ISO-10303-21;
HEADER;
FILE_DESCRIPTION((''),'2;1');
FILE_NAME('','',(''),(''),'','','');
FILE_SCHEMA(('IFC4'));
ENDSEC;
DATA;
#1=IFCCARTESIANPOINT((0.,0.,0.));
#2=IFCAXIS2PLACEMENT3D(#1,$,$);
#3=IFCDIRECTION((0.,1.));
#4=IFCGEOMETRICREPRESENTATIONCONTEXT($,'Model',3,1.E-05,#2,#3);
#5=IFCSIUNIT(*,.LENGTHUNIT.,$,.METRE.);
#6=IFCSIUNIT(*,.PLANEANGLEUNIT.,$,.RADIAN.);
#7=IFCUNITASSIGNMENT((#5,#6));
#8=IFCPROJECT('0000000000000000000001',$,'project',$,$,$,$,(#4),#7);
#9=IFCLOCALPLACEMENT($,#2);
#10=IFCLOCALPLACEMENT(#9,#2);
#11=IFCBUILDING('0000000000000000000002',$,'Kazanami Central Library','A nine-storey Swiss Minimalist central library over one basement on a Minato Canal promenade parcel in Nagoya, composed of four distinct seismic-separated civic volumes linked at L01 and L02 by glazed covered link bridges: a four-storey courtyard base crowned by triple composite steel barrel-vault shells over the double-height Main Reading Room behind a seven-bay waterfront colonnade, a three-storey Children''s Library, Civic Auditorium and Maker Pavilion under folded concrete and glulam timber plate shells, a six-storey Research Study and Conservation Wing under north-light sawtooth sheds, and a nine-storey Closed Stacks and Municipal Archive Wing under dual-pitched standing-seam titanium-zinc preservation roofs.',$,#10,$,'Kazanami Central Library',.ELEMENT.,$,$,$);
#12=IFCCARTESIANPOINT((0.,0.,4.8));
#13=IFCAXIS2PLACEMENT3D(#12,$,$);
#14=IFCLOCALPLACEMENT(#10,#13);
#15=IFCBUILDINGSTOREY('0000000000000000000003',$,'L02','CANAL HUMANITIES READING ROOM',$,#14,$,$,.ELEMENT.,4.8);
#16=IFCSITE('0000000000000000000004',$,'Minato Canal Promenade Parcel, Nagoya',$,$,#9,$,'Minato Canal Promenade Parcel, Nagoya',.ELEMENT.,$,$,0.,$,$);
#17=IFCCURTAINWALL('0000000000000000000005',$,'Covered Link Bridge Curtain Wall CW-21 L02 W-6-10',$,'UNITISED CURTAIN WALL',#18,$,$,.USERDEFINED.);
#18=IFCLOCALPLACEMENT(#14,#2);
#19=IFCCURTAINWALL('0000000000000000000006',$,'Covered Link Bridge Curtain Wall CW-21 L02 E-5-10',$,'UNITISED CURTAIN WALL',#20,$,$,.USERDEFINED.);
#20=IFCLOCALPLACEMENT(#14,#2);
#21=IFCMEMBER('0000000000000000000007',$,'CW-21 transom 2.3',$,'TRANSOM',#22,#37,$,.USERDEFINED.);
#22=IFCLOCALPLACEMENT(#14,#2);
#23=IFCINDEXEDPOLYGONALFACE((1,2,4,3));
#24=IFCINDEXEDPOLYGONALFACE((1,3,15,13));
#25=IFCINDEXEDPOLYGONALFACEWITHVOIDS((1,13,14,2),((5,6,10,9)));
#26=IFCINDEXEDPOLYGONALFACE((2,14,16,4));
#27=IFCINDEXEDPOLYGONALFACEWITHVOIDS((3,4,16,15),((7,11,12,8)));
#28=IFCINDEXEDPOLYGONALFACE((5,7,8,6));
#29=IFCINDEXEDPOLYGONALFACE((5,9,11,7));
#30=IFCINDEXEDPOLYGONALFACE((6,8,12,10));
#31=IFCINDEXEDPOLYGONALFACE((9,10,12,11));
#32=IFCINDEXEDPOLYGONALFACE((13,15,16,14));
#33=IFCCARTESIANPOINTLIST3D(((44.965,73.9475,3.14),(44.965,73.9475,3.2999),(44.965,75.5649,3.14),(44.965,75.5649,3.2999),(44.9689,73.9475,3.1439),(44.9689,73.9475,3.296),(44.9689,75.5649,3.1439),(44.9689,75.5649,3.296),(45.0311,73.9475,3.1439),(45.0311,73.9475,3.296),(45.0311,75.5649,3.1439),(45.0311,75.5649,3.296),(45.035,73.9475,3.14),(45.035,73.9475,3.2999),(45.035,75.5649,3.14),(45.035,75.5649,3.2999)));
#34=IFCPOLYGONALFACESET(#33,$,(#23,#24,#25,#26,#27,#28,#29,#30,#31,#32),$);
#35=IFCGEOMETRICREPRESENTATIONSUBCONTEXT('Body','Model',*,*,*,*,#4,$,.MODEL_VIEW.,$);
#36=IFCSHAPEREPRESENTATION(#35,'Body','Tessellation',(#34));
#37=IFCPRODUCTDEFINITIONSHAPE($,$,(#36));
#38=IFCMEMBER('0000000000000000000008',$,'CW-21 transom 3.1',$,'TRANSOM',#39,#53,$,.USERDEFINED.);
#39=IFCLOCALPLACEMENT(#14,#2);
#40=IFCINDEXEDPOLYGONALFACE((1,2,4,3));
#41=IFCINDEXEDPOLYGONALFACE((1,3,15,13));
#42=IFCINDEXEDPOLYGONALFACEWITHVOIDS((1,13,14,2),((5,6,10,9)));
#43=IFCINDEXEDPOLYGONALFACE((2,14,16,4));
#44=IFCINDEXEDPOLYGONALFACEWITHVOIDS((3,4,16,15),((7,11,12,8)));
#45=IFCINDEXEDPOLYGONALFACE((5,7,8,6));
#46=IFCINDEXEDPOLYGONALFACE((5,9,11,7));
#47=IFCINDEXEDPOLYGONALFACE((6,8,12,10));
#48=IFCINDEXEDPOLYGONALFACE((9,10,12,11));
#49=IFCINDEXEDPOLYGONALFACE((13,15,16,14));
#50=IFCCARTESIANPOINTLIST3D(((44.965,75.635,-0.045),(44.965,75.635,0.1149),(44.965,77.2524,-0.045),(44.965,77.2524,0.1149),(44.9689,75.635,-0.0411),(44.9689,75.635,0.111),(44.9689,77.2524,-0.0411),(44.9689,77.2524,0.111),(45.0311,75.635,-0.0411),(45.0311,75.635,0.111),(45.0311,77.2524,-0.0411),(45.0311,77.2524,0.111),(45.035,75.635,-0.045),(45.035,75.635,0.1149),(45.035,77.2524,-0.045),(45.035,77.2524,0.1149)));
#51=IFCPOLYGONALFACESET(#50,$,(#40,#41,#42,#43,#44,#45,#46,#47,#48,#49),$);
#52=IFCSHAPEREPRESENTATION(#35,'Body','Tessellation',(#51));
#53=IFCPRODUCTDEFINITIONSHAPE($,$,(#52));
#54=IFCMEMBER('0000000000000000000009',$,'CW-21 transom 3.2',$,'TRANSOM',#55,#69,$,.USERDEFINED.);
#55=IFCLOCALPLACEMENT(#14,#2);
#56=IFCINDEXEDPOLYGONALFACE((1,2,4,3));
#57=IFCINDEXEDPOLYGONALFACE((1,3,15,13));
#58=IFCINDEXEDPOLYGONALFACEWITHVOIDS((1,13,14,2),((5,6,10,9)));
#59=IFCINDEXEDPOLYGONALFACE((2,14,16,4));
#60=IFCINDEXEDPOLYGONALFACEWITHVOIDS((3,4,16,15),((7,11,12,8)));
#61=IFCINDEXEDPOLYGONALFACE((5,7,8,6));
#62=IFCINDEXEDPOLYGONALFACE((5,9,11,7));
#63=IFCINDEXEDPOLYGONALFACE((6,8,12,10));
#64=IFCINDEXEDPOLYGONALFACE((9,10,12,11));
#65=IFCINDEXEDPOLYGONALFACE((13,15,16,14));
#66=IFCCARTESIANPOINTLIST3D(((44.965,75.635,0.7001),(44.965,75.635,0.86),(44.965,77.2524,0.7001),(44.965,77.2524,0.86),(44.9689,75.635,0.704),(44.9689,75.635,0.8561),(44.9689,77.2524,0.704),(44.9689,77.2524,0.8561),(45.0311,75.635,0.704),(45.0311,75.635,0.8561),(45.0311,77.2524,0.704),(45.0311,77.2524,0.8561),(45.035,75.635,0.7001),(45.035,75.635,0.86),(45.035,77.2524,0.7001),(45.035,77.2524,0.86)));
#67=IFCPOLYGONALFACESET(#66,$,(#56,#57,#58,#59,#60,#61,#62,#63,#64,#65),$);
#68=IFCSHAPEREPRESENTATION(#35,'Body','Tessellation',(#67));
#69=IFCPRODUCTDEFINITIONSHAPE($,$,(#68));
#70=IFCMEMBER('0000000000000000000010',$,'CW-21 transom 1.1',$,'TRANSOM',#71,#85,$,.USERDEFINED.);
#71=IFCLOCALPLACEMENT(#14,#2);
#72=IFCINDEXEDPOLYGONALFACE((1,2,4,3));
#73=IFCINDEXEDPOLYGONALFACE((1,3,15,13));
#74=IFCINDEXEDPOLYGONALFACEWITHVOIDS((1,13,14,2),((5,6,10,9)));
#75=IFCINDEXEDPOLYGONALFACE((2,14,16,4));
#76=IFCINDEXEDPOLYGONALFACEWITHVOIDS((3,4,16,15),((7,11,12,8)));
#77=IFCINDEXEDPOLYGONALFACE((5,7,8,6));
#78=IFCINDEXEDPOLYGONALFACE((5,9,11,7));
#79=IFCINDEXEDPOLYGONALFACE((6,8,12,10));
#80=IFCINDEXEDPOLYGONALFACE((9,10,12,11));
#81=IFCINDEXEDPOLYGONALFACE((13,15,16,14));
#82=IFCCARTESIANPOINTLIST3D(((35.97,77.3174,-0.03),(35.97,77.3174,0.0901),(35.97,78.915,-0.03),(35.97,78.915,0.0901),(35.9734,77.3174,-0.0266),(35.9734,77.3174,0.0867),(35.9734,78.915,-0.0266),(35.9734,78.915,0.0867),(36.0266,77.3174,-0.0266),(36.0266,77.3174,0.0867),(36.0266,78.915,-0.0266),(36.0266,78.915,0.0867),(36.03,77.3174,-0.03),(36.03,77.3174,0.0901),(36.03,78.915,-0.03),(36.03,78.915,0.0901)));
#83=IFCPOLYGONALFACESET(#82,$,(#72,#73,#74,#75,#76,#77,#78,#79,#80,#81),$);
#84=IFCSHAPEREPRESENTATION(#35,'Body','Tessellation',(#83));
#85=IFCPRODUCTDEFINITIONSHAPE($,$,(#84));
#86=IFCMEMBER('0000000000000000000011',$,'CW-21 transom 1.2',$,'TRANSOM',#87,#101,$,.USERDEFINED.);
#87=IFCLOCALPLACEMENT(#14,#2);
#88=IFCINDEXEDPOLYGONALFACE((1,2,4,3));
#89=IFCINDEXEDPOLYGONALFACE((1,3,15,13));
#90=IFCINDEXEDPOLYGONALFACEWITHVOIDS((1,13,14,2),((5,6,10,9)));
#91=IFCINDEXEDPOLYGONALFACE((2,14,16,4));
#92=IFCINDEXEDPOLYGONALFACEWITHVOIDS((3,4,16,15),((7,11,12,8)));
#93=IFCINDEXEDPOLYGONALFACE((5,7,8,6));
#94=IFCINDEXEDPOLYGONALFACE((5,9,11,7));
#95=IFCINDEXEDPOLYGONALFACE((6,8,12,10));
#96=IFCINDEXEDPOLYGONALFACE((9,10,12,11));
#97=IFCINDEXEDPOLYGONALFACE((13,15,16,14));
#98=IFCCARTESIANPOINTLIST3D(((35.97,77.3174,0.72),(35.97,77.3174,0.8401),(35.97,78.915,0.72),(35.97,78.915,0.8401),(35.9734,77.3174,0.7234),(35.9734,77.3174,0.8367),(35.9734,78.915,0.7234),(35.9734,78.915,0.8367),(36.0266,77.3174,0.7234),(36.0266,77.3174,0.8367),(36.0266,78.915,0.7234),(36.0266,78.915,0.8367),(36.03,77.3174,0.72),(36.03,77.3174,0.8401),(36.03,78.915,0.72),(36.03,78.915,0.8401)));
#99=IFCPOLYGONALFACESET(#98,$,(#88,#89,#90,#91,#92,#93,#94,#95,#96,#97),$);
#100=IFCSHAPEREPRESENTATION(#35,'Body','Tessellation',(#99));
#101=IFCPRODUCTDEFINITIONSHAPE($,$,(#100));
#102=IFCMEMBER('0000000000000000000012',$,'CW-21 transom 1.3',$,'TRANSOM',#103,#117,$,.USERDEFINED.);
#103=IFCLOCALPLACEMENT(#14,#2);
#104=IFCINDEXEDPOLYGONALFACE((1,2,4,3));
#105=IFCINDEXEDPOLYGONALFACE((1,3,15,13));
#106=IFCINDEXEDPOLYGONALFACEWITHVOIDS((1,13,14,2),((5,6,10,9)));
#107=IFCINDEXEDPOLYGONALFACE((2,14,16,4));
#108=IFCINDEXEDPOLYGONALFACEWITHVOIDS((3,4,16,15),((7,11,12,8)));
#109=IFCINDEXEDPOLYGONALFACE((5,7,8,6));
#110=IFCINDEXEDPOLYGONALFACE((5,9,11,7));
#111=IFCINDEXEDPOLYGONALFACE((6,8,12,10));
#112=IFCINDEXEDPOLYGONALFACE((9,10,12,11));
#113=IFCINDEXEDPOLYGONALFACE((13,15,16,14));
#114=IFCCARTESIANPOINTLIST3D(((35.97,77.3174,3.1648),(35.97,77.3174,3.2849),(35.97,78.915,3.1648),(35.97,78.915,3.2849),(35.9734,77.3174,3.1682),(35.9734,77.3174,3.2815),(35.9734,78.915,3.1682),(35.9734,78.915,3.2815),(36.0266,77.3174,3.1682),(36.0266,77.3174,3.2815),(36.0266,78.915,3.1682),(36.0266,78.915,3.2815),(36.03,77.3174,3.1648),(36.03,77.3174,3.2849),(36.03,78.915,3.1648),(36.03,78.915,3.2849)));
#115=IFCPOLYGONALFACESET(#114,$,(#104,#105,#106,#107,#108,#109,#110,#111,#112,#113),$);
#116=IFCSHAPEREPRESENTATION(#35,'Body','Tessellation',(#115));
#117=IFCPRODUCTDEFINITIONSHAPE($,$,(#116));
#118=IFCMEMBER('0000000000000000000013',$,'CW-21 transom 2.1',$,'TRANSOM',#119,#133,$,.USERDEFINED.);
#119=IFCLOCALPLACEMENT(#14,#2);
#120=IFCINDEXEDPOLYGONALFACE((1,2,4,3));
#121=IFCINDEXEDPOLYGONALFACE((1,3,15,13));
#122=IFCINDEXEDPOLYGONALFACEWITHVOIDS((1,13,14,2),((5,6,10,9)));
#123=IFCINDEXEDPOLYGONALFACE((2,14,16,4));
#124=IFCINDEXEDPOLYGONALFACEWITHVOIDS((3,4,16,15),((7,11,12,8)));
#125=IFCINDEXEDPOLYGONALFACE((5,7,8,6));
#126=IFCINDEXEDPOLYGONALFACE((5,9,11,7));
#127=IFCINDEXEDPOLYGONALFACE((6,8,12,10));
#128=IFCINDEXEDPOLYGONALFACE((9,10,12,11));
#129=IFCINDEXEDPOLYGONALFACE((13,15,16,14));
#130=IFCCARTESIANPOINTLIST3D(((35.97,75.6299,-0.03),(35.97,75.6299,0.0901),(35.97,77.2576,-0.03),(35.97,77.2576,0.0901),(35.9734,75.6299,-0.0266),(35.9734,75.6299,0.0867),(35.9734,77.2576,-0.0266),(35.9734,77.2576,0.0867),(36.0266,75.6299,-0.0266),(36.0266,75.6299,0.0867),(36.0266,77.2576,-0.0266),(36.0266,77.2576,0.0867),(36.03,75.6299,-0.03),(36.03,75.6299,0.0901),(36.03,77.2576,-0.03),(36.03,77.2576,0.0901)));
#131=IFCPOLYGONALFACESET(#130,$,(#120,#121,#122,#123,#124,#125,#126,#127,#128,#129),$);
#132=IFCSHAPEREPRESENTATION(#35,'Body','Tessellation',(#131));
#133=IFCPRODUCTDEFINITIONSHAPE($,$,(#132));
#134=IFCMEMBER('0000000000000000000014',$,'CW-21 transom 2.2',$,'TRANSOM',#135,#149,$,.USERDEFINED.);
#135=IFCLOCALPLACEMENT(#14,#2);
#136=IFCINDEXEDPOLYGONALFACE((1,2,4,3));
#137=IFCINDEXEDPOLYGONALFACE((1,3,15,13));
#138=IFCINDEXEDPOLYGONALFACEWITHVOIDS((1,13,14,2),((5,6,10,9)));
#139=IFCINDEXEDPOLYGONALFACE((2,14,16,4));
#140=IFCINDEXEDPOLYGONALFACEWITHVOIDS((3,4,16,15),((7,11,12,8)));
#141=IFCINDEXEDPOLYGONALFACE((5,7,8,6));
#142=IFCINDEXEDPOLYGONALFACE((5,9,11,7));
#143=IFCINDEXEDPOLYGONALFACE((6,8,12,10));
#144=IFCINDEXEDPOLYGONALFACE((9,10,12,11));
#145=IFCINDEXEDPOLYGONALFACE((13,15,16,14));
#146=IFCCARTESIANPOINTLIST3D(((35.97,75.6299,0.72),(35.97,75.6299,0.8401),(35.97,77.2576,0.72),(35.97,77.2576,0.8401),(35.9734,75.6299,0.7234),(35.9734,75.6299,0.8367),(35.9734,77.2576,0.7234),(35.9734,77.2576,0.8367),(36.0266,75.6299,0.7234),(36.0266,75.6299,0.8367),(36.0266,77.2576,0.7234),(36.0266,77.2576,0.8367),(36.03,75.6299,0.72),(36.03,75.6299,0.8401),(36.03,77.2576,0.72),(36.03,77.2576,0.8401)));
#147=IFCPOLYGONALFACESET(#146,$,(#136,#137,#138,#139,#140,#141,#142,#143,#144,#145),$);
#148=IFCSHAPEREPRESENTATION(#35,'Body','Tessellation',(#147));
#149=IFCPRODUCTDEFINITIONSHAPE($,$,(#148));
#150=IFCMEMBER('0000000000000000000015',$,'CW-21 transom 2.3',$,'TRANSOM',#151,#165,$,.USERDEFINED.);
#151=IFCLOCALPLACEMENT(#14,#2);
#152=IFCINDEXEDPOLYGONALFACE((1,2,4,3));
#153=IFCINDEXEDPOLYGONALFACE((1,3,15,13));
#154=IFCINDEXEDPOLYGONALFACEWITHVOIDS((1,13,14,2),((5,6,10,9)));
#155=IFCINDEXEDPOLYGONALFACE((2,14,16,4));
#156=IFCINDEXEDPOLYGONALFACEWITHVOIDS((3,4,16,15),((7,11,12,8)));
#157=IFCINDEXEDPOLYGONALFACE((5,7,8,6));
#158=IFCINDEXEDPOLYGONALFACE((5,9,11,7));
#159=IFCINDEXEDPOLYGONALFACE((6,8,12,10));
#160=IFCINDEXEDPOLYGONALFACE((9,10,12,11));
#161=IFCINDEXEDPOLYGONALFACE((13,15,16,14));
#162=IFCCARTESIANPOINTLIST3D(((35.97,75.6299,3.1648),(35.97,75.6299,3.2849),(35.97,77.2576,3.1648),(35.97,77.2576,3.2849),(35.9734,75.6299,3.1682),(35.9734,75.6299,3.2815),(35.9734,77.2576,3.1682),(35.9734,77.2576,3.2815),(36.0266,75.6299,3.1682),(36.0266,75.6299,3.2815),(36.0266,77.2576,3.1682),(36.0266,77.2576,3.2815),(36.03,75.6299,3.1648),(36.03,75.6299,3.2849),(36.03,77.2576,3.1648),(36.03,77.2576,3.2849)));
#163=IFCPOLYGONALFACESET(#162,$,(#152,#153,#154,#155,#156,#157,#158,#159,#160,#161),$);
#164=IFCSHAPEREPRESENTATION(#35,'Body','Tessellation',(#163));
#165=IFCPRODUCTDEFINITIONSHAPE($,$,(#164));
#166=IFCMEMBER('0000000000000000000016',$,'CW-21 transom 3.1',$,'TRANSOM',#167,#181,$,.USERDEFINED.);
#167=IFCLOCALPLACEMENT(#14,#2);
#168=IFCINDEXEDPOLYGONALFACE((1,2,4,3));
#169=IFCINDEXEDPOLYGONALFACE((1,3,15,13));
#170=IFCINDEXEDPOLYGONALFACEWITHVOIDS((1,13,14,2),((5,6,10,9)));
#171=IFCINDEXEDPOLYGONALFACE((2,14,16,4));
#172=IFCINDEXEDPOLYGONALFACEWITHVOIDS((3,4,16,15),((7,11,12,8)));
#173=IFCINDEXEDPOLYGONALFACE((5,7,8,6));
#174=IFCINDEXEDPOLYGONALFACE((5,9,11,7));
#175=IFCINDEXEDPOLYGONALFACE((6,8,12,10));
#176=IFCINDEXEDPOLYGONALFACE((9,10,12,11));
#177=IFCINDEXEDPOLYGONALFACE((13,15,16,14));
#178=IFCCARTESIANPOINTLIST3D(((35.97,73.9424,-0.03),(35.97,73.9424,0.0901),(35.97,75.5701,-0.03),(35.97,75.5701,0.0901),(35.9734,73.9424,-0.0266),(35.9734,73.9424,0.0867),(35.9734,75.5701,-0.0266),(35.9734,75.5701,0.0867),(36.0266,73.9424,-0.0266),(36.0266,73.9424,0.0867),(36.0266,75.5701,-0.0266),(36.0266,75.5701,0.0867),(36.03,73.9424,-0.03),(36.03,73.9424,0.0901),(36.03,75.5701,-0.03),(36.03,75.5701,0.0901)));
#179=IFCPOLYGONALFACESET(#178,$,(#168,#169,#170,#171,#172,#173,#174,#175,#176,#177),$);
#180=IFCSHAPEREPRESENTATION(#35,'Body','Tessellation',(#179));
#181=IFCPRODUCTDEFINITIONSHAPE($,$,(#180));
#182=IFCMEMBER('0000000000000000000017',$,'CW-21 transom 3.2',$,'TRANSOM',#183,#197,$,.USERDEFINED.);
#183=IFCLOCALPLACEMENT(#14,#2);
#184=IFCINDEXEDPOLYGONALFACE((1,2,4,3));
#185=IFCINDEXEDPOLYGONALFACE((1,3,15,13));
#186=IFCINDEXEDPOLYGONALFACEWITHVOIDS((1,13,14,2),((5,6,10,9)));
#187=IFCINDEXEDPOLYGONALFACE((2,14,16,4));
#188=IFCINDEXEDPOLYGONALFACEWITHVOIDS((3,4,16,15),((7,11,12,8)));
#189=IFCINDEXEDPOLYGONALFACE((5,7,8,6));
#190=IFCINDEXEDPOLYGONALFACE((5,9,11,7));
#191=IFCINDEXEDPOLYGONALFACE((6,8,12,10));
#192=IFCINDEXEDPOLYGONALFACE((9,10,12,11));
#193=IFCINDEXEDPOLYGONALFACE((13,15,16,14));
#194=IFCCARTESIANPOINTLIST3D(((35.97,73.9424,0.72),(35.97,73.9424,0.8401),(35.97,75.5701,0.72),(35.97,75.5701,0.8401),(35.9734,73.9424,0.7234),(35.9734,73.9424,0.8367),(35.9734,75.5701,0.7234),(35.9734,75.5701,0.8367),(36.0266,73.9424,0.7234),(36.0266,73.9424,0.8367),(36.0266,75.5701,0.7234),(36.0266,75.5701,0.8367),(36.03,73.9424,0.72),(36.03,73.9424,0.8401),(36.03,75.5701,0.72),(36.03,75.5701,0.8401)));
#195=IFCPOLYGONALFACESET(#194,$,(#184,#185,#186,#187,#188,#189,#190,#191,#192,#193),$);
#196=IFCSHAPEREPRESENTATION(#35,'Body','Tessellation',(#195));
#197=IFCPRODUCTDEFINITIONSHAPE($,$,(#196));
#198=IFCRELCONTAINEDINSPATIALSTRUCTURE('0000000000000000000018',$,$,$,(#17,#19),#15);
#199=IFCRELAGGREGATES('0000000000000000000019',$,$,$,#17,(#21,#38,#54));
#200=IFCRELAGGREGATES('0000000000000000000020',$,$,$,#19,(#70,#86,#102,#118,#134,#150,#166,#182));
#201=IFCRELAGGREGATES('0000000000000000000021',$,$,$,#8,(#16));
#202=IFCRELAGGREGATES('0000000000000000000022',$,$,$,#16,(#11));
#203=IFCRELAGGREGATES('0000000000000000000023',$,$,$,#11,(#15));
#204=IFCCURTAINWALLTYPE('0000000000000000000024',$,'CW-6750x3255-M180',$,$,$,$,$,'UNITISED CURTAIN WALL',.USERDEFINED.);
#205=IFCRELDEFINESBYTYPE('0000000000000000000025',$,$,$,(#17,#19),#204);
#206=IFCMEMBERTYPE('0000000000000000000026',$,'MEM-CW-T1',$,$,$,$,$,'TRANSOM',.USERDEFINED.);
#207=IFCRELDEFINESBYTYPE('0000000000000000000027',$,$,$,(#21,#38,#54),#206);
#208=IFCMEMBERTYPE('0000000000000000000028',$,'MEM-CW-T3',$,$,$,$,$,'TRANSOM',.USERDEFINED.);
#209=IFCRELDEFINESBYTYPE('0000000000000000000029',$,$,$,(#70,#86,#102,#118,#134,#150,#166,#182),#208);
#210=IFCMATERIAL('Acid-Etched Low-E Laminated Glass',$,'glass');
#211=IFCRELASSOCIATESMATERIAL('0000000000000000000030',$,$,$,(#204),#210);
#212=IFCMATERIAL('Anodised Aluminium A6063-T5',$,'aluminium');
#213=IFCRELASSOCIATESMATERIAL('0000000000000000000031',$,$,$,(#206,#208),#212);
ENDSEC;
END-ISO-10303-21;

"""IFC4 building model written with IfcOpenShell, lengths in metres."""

from ifc_helpers import new_model, si_unit, direction, frame, origin, origin_2d, place, context, subcontext, project, spatial, hollow_rectangle, extrude, material, material_profile, profile_set, type_object, element, aggregate, save


model = new_model("IFC4")

# Units and contexts
model_context = context("Model", 3, precision=1e-05, world=origin(), true_north=direction((0.0, 1.0)))
body_context = subcontext(model_context, "Body", "Model", "MODEL_VIEW")
ifc_project = project(units=[si_unit("LENGTHUNIT", "METRE"), si_unit("PLANEANGLEUNIT", "RADIAN")], contexts=[model_context])

# Site, building, storey
site_placement = place(None, origin())
site = spatial("IfcSite", under=ifc_project, at=site_placement, Name="Minato Canal Promenade Parcel, Nagoya", LongName="Minato Canal Promenade Parcel, Nagoya", CompositionType="ELEMENT", RefElevation=0.0)
building_placement = place(site_placement, origin())
building = spatial("IfcBuilding", under=site, at=building_placement, Name="Kazanami Central Library", Description="A nine-storey Swiss Minimalist central library over one basement on a Minato Canal promenade parcel in Nagoya, composed of four distinct seismic-separated civic volumes linked at L01 and L02 by glazed covered link bridges: a four-storey courtyard base crowned by triple composite steel barrel-vault shells over the double-height Main Reading Room behind a seven-bay waterfront colonnade, a three-storey Children's Library, Civic Auditorium and Maker Pavilion under folded concrete and glulam timber plate shells, a six-storey Research Study and Conservation Wing under north-light sawtooth sheds, and a nine-storey Closed Stacks and Municipal Archive Wing under dual-pitched standing-seam titanium-zinc preservation roofs.", LongName="Kazanami Central Library", CompositionType="ELEMENT")
storey_placement = place(building_placement, frame((0.0, 0.0, 4.8)))
storey = spatial("IfcBuildingStorey", under=building, at=storey_placement, Name="L02", Description="CANAL HUMANITIES READING ROOM", CompositionType="ELEMENT", Elevation=4.8)

# Curtain walls
ifc_material_1 = material(Name="Acid-Etched Low-E Laminated Glass", Category="glass")
curtain_wall_type = type_object("IfcCurtainWallType", Name="CW-6750x3255-M180", ElementType="UNITISED CURTAIN WALL", PredefinedType="USERDEFINED", material=ifc_material_1)
curtain_wall_1_placement = place(storey_placement, origin())
curtain_wall_1 = element("IfcCurtainWall", 1, at=curtain_wall_1_placement, inside=storey, type_object=curtain_wall_type, Name="Covered Link Bridge Curtain Wall CW-21 L02 W-6-10", ObjectType="UNITISED CURTAIN WALL", PredefinedType="USERDEFINED")
ifc_material_2 = material(Name="Anodised Aluminium A6063-T5", Category="aluminium")
curtain_wall_2_placement = place(storey_placement, origin())
curtain_wall_2 = element("IfcCurtainWall", 2, at=curtain_wall_2_placement, inside=storey, type_object=curtain_wall_type, Name="Covered Link Bridge Curtain Wall CW-21 L02 E-5-10", ObjectType="UNITISED CURTAIN WALL", PredefinedType="USERDEFINED")

# Members
ifc_material_profile_1 = material_profile(ifc_material_2, hollow_rectangle(XDim=0.0701, YDim=0.1599, WallThickness=0.0039, at=origin_2d()), Name="ALU-TRAN-70x160x4")
ifc_profile_set_1 = profile_set([ifc_material_profile_1], Name="Anodised Aluminium A6063-T5")
member_type_1 = type_object("IfcMemberType", Name="MEM-CW-T1", ElementType="TRANSOM", PredefinedType="USERDEFINED", material=ifc_profile_set_1)
member_1_placement = place(storey_placement, frame((45.0, 73.9475, 3.22), z_axis=(0.0, 1.0, 0.0), x_axis=(-1.0, 0.0, 0.0)))
member_1 = element("IfcMember", 3, at=member_1_placement, type_object=member_type_1, Name="CW-21 transom 2.3", ObjectType="TRANSOM", PredefinedType="USERDEFINED", context=body_context, shape_type="SweptSolid", body=[
    extrude(hollow_rectangle(XDim=0.0701, YDim=0.1599, WallThickness=0.0039, at=origin_2d()), origin(), (0.0, 0.0, 1.0), 1.6174),
])
member_2_placement = place(storey_placement, frame((45.0, 75.635, 0.0349), z_axis=(0.0, 1.0, 0.0), x_axis=(-1.0, 0.0, 0.0)))
member_2 = element("IfcMember", 4, at=member_2_placement, type_object=member_type_1, Name="CW-21 transom 3.1", ObjectType="TRANSOM", PredefinedType="USERDEFINED", context=body_context, shape_type="SweptSolid", body=[
    extrude(hollow_rectangle(XDim=0.0701, YDim=0.1599, WallThickness=0.0039, at=origin_2d()), origin(), (0.0, 0.0, 1.0), 1.6174),
])
member_3_placement = place(storey_placement, frame((45.0, 75.635, 0.78), z_axis=(0.0, 1.0, 0.0), x_axis=(-1.0, 0.0, 0.0)))
member_3 = element("IfcMember", 5, at=member_3_placement, type_object=member_type_1, Name="CW-21 transom 3.2", ObjectType="TRANSOM", PredefinedType="USERDEFINED", context=body_context, shape_type="SweptSolid", body=[
    extrude(hollow_rectangle(XDim=0.0701, YDim=0.1599, WallThickness=0.0039, at=origin_2d()), origin(), (0.0, 0.0, 1.0), 1.6174),
])
ifc_material_profile_2 = material_profile(ifc_material_2, hollow_rectangle(XDim=0.0601, YDim=0.1201, WallThickness=0.0034, at=origin_2d()), Name="ALU-TRAN-60x120x3.5")
ifc_profile_set_2 = profile_set([ifc_material_profile_2], Name="Anodised Aluminium A6063-T5")
member_type_2 = type_object("IfcMemberType", Name="MEM-CW-T3", ElementType="TRANSOM", PredefinedType="USERDEFINED", material=ifc_profile_set_2)
member_4_placement = place(storey_placement, frame((36.0, 78.915, 0.03), z_axis=(0.0, -1.0, 0.0), x_axis=(1.0, 0.0, 0.0)))
member_4 = element("IfcMember", 6, at=member_4_placement, type_object=member_type_2, Name="CW-21 transom 1.1", ObjectType="TRANSOM", PredefinedType="USERDEFINED", context=body_context, shape_type="SweptSolid", body=[
    extrude(hollow_rectangle(XDim=0.0601, YDim=0.1201, WallThickness=0.0034, at=origin_2d()), origin(), (0.0, 0.0, 1.0), 1.5977),
])
member_5_placement = place(storey_placement, frame((36.0, 78.915, 0.78), z_axis=(0.0, -1.0, 0.0), x_axis=(1.0, 0.0, 0.0)))
member_5 = element("IfcMember", 7, at=member_5_placement, type_object=member_type_2, Name="CW-21 transom 1.2", ObjectType="TRANSOM", PredefinedType="USERDEFINED", context=body_context, shape_type="SweptSolid", body=[
    extrude(hollow_rectangle(XDim=0.0601, YDim=0.1201, WallThickness=0.0034, at=origin_2d()), origin(), (0.0, 0.0, 1.0), 1.5977),
])
member_6_placement = place(storey_placement, frame((36.0, 78.915, 3.2249), z_axis=(0.0, -1.0, 0.0), x_axis=(1.0, 0.0, 0.0)))
member_6 = element("IfcMember", 8, at=member_6_placement, type_object=member_type_2, Name="CW-21 transom 1.3", ObjectType="TRANSOM", PredefinedType="USERDEFINED", context=body_context, shape_type="SweptSolid", body=[
    extrude(hollow_rectangle(XDim=0.0601, YDim=0.1201, WallThickness=0.0034, at=origin_2d()), origin(), (0.0, 0.0, 1.0), 1.5977),
])
member_7_placement = place(storey_placement, frame((36.0, 77.2576, 0.03), z_axis=(0.0, -1.0, 0.0), x_axis=(1.0, 0.0, 0.0)))
member_7 = element("IfcMember", 9, at=member_7_placement, type_object=member_type_2, Name="CW-21 transom 2.1", ObjectType="TRANSOM", PredefinedType="USERDEFINED", context=body_context, shape_type="SweptSolid", body=[
    extrude(hollow_rectangle(XDim=0.0601, YDim=0.1201, WallThickness=0.0034, at=origin_2d()), origin(), (0.0, 0.0, 1.0), 1.6277),
])
member_8_placement = place(storey_placement, frame((36.0, 77.2576, 0.78), z_axis=(0.0, -1.0, 0.0), x_axis=(1.0, 0.0, 0.0)))
member_8 = element("IfcMember", 10, at=member_8_placement, type_object=member_type_2, Name="CW-21 transom 2.2", ObjectType="TRANSOM", PredefinedType="USERDEFINED", context=body_context, shape_type="SweptSolid", body=[
    extrude(hollow_rectangle(XDim=0.0601, YDim=0.1201, WallThickness=0.0034, at=origin_2d()), origin(), (0.0, 0.0, 1.0), 1.6277),
])
member_9_placement = place(storey_placement, frame((36.0, 77.2576, 3.2249), z_axis=(0.0, -1.0, 0.0), x_axis=(1.0, 0.0, 0.0)))
member_9 = element("IfcMember", 11, at=member_9_placement, type_object=member_type_2, Name="CW-21 transom 2.3", ObjectType="TRANSOM", PredefinedType="USERDEFINED", context=body_context, shape_type="SweptSolid", body=[
    extrude(hollow_rectangle(XDim=0.0601, YDim=0.1201, WallThickness=0.0034, at=origin_2d()), origin(), (0.0, 0.0, 1.0), 1.6277),
])
member_10_placement = place(storey_placement, frame((36.0, 75.5701, 0.03), z_axis=(0.0, -1.0, 0.0), x_axis=(1.0, 0.0, 0.0)))
member_10 = element("IfcMember", 12, at=member_10_placement, type_object=member_type_2, Name="CW-21 transom 3.1", ObjectType="TRANSOM", PredefinedType="USERDEFINED", context=body_context, shape_type="SweptSolid", body=[
    extrude(hollow_rectangle(XDim=0.0601, YDim=0.1201, WallThickness=0.0034, at=origin_2d()), origin(), (0.0, 0.0, 1.0), 1.6277),
])
member_11_placement = place(storey_placement, frame((36.0, 75.5701, 0.78), z_axis=(0.0, -1.0, 0.0), x_axis=(1.0, 0.0, 0.0)))
member_11 = element("IfcMember", 13, at=member_11_placement, type_object=member_type_2, Name="CW-21 transom 3.2", ObjectType="TRANSOM", PredefinedType="USERDEFINED", context=body_context, shape_type="SweptSolid", body=[
    extrude(hollow_rectangle(XDim=0.0601, YDim=0.1201, WallThickness=0.0034, at=origin_2d()), origin(), (0.0, 0.0, 1.0), 1.6277),
])

aggregate(curtain_wall_1, [member_1, member_2, member_3])
aggregate(curtain_wall_2, [member_4, member_5, member_6, member_7, member_8, member_9, member_10, member_11])

save(model, "model.ifc")
